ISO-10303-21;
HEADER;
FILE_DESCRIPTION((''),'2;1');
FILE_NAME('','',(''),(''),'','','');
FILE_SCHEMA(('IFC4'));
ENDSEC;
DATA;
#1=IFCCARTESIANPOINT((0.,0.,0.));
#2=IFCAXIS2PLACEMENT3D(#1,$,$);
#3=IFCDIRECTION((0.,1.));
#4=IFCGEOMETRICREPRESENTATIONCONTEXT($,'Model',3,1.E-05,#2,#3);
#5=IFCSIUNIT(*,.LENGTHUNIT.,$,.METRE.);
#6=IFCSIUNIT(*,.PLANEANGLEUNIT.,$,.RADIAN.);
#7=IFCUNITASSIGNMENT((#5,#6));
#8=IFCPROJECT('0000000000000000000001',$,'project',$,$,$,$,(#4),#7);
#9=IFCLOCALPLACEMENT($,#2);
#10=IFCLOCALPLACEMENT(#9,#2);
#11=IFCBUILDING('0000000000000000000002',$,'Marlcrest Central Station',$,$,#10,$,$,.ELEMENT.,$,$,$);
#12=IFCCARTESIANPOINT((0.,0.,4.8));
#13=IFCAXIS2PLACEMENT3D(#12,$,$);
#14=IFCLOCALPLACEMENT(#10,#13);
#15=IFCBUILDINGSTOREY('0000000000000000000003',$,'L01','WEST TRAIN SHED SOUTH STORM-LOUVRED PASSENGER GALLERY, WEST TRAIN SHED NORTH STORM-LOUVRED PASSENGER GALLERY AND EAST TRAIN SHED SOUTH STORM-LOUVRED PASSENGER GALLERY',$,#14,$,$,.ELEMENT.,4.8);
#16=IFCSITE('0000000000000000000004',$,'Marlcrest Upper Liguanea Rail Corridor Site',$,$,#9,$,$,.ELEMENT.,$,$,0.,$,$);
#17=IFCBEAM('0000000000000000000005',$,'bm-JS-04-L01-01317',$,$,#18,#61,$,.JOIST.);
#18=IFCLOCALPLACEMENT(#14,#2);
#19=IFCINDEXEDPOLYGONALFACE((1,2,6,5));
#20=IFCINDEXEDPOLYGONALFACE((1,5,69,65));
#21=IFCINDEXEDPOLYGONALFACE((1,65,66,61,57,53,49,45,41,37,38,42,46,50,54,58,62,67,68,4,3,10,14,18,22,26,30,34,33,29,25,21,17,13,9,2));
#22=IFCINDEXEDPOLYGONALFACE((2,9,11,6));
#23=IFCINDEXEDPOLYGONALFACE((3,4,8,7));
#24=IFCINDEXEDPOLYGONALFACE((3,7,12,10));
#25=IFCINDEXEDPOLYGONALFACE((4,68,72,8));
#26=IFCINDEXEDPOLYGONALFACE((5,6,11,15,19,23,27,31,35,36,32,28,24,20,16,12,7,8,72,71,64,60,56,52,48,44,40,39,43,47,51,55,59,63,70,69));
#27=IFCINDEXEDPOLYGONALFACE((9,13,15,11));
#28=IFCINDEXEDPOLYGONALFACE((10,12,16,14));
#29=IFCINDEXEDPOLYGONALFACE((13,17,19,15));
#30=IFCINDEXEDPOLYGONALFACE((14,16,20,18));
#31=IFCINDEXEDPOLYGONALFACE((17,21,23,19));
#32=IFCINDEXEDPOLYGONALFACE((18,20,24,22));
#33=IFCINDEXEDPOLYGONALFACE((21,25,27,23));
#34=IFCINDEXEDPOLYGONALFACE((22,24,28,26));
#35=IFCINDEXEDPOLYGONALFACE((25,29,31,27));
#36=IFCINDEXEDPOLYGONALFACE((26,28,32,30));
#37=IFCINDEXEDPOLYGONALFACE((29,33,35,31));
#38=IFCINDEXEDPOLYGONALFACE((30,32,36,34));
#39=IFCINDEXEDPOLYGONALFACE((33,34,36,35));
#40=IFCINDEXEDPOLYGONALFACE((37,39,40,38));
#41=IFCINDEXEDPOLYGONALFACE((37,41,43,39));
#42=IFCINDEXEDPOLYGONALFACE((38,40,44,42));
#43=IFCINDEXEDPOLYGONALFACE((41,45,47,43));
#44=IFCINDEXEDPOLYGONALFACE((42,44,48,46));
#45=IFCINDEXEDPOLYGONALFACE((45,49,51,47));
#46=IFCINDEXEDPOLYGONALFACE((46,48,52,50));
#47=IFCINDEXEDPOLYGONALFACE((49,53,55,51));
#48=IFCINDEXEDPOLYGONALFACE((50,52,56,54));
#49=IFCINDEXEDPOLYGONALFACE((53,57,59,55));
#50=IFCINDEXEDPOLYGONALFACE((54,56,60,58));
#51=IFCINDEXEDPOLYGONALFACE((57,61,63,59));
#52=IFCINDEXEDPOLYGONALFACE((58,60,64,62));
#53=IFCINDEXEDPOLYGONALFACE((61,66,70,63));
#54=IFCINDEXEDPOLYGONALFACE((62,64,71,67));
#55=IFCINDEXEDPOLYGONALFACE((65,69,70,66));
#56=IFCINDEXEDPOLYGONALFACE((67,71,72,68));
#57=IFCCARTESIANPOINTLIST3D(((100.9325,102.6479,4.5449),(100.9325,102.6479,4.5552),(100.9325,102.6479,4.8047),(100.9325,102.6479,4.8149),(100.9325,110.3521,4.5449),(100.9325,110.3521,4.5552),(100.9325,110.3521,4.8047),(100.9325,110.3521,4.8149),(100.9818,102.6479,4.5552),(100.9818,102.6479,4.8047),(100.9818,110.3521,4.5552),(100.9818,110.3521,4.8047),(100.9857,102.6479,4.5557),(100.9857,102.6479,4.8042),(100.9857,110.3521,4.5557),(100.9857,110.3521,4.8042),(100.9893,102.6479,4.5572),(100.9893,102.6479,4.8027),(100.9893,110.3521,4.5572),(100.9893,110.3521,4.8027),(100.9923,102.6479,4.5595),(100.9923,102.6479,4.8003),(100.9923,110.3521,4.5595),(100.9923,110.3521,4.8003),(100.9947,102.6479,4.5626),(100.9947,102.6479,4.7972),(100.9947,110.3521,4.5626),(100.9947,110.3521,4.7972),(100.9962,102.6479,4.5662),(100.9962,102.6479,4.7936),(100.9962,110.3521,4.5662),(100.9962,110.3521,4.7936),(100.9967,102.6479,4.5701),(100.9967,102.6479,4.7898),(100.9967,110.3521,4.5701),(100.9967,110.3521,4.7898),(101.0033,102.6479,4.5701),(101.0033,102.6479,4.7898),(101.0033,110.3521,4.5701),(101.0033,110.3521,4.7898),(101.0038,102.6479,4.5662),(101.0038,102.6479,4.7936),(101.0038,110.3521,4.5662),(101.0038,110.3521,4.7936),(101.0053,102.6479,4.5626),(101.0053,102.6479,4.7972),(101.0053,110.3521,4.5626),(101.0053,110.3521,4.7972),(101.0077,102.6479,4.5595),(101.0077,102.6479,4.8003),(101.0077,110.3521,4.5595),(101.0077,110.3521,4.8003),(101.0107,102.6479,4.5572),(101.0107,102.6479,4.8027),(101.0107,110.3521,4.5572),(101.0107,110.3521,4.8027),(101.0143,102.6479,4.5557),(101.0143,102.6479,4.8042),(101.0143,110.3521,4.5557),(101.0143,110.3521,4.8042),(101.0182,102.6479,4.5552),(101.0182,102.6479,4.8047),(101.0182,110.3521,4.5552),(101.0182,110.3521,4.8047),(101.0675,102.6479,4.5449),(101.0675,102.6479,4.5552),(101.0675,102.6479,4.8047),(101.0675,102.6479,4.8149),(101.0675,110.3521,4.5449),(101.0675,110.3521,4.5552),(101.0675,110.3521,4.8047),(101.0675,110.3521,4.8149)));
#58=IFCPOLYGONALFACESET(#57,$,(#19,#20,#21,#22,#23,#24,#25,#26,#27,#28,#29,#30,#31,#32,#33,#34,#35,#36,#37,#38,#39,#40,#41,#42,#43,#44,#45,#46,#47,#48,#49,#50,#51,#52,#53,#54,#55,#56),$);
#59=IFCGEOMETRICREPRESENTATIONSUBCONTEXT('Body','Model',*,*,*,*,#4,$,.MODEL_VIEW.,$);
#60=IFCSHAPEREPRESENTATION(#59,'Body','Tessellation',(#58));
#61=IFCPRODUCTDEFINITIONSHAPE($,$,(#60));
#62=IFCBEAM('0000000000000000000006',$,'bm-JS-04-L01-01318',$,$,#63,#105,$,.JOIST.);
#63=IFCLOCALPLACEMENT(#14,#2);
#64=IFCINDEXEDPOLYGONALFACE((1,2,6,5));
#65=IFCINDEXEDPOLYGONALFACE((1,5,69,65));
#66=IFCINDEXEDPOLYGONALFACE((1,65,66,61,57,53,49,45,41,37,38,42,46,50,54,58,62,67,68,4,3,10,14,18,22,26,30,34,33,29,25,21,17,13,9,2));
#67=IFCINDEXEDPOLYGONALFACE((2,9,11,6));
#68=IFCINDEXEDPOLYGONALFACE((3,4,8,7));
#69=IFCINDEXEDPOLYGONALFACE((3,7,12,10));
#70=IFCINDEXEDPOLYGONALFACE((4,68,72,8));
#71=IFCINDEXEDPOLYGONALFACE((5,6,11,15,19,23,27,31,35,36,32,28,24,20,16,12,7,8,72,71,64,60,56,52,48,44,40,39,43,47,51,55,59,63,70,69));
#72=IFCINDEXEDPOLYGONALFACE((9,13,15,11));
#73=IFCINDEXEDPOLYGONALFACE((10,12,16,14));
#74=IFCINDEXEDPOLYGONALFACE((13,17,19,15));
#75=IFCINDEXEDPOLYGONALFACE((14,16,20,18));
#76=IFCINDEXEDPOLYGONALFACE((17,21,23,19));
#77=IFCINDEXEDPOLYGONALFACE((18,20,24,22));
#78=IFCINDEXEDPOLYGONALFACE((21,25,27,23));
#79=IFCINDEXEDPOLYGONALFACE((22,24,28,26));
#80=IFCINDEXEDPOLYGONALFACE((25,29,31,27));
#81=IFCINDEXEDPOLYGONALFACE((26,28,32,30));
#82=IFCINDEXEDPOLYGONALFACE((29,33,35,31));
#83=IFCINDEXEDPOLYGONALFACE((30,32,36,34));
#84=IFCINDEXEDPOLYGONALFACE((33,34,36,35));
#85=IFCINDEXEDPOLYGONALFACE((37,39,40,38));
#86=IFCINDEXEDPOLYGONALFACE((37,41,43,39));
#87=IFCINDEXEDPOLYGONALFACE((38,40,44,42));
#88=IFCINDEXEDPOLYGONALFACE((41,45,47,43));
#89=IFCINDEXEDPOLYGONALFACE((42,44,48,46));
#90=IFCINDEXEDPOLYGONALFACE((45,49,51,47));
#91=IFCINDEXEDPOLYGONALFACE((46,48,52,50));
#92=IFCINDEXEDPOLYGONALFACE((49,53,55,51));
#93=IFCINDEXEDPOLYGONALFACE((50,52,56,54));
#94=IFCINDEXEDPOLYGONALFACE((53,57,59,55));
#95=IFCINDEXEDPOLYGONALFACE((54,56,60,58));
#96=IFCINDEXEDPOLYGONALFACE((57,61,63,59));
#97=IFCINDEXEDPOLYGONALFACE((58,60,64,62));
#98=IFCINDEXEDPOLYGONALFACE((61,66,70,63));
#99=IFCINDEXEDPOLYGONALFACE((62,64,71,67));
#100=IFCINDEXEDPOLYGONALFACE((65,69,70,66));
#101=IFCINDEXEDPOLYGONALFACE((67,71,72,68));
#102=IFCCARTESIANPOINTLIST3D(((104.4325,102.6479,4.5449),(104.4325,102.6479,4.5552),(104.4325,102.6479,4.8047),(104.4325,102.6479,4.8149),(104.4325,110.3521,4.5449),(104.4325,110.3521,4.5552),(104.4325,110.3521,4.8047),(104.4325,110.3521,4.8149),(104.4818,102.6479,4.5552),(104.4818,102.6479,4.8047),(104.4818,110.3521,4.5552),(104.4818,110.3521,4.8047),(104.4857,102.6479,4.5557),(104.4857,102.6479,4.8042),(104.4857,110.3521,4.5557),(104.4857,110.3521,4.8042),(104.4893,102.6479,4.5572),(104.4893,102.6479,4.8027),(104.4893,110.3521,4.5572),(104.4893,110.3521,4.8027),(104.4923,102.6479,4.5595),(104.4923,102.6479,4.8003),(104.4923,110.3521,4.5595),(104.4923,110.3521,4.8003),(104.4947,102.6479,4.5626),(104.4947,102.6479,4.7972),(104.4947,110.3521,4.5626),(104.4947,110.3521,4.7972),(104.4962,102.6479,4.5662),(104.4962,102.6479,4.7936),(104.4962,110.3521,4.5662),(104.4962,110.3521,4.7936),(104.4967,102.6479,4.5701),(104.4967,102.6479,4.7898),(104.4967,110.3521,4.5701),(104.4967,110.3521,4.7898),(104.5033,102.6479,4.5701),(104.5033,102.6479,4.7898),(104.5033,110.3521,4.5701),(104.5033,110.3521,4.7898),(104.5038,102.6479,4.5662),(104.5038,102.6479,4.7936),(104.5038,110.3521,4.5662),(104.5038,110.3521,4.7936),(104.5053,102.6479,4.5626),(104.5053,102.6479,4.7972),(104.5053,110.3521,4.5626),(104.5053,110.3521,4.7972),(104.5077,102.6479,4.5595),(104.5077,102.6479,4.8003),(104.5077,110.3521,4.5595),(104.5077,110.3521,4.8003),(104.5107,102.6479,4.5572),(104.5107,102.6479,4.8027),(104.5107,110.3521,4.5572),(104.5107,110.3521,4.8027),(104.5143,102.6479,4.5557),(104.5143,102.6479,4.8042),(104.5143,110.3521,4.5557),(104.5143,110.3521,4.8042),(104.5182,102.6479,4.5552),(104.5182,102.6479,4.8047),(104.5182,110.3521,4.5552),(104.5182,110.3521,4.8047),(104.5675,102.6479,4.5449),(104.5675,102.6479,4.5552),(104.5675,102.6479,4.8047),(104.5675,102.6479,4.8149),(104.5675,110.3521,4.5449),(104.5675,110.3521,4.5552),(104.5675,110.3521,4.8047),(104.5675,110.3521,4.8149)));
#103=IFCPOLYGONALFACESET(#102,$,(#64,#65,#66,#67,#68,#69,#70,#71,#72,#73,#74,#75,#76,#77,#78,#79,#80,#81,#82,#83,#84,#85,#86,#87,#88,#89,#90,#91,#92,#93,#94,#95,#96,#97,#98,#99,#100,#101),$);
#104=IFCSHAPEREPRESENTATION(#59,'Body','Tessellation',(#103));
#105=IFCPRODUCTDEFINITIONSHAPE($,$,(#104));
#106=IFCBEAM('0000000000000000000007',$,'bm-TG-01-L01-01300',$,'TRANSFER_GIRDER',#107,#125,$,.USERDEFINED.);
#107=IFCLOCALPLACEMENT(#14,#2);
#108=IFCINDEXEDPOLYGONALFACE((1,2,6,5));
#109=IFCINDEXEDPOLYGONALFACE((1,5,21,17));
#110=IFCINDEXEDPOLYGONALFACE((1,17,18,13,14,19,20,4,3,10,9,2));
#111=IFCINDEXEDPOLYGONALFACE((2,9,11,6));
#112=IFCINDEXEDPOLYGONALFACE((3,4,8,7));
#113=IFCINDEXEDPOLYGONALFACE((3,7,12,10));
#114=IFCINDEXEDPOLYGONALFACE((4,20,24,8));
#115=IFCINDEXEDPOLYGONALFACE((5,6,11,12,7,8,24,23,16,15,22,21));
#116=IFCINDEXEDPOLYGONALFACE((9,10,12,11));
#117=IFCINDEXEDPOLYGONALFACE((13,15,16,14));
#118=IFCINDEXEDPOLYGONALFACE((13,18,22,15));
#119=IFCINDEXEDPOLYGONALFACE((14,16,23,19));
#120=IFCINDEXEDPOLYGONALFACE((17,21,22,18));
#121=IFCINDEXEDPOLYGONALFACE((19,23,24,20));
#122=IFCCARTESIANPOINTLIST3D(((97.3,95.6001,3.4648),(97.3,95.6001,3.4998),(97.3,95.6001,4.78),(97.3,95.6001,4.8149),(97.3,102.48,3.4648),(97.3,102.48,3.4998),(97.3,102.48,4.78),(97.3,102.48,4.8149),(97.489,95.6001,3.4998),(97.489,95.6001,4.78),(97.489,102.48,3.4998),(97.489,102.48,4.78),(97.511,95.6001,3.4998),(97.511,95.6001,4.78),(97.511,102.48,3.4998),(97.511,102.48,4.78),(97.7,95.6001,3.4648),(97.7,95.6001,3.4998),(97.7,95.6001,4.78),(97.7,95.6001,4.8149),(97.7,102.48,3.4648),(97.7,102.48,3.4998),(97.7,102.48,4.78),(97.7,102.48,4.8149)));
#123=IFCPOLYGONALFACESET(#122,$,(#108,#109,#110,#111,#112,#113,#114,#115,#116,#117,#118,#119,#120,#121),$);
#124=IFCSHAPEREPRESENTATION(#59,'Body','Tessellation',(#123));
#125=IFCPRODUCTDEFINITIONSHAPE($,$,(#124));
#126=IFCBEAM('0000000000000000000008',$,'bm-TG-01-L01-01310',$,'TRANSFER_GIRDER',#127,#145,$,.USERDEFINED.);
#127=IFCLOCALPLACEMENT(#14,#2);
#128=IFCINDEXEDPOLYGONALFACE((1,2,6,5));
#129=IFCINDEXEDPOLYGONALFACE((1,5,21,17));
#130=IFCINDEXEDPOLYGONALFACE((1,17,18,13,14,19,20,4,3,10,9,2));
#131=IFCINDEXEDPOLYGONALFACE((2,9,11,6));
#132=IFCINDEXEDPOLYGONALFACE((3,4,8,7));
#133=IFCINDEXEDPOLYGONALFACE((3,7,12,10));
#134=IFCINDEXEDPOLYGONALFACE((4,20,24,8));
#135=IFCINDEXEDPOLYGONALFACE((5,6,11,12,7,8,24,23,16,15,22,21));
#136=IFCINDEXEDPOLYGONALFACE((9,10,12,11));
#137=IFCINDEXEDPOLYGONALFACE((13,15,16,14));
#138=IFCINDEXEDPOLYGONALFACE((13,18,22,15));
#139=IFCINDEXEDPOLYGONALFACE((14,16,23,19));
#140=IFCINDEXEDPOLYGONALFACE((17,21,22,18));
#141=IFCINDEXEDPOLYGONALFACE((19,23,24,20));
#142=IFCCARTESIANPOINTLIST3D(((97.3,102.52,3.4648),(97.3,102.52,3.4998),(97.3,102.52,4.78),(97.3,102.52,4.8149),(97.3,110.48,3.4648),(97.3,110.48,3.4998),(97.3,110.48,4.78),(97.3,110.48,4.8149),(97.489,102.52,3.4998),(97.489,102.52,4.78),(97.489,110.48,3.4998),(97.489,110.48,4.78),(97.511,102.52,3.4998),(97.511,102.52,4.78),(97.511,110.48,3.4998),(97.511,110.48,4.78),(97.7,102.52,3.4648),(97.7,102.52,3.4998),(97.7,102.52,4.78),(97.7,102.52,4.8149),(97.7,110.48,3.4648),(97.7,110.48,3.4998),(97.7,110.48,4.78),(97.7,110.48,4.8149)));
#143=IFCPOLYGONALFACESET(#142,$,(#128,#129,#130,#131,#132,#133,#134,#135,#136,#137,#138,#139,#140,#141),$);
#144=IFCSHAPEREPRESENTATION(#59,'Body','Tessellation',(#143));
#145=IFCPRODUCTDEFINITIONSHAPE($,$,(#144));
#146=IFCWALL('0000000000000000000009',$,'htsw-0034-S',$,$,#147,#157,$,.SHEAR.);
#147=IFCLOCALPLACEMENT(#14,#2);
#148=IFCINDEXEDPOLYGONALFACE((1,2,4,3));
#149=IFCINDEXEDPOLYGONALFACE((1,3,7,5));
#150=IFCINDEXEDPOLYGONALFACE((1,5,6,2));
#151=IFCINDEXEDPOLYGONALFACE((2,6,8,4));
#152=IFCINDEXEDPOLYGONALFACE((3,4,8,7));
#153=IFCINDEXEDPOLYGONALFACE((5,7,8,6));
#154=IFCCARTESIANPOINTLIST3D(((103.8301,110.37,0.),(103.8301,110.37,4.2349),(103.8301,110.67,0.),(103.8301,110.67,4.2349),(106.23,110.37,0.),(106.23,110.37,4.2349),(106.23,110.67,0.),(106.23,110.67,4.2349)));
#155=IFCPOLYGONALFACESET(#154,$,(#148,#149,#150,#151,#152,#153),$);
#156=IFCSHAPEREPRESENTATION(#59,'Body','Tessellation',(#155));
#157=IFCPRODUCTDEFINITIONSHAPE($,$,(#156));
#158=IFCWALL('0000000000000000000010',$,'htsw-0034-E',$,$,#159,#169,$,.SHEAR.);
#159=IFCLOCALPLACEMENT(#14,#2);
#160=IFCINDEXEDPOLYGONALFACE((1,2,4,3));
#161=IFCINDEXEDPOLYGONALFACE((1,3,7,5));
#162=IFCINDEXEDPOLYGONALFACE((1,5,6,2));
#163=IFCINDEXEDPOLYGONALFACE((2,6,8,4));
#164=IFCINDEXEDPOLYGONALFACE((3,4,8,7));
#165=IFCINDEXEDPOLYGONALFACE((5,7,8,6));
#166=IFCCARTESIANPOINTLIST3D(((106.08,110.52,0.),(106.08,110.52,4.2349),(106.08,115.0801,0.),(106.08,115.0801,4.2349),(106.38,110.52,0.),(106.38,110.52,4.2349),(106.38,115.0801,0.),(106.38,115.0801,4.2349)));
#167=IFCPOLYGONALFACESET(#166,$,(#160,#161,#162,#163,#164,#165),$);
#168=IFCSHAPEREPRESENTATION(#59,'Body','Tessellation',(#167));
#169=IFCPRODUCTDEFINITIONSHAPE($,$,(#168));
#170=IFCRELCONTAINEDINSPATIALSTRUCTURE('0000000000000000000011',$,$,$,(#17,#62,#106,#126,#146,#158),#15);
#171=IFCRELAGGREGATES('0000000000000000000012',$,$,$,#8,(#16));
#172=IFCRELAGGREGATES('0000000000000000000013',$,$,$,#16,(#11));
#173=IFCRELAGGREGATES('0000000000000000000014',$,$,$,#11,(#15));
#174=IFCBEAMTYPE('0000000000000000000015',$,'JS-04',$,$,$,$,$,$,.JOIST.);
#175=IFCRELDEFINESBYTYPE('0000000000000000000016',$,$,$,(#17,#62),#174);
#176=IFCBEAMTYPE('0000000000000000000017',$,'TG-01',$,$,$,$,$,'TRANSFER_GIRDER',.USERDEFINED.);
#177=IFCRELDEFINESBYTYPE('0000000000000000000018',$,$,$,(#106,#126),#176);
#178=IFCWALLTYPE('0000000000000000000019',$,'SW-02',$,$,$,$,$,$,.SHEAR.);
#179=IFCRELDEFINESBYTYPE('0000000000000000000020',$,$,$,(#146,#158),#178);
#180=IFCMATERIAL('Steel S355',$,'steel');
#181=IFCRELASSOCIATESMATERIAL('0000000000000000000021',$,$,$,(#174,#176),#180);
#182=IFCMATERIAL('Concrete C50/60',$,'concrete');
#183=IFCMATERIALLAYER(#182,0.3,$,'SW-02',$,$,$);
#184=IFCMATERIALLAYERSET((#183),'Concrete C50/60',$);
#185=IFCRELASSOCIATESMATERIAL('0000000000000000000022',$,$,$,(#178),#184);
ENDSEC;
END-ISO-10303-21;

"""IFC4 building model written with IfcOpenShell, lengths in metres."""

from ifc_helpers import new_model, si_unit, direction, frame, frame_2d, origin, origin_2d, place, context, subcontext, project, spatial, rectangle, i_section, extrude, material, layer, layer_set, material_profile, profile_set, type_object, element, save


model = new_model("IFC4")

# Units and contexts
model_context = context("Model", 3, precision=1e-05, world=origin(), true_north=direction((0.0, 1.0)))
body_context = subcontext(model_context, "Body", "Model", "MODEL_VIEW")
ifc_project = project(units=[si_unit("LENGTHUNIT", "METRE"), si_unit("PLANEANGLEUNIT", "RADIAN")], contexts=[model_context])

# Site, building, storey
site_placement = place(None, origin())
site = spatial("IfcSite", under=ifc_project, at=site_placement, Name="Marlcrest Upper Liguanea Rail Corridor Site", CompositionType="ELEMENT", RefElevation=0.0)
building_placement = place(site_placement, origin())
building = spatial("IfcBuilding", under=site, at=building_placement, Name="Marlcrest Central Station", CompositionType="ELEMENT")
storey_placement = place(building_placement, frame((0.0, 0.0, 4.8)))
storey = spatial("IfcBuildingStorey", under=building, at=storey_placement, Name="L01", Description="WEST TRAIN SHED SOUTH STORM-LOUVRED PASSENGER GALLERY, WEST TRAIN SHED NORTH STORM-LOUVRED PASSENGER GALLERY AND EAST TRAIN SHED SOUTH STORM-LOUVRED PASSENGER GALLERY", CompositionType="ELEMENT", Elevation=4.8)

# Shared definitions
ifc_material_1 = material(Name="Steel S355", Category="steel")

# Beams
ifc_material_profile_1 = material_profile(ifc_material_1, i_section(OverallWidth=0.135, OverallDepth=0.27, WebThickness=0.0066, FlangeThickness=0.0103, FilletRadius=0.0149, at=origin_2d()), Name="IPE 270")
ifc_profile_set_1 = profile_set([ifc_material_profile_1], Name="Steel S355")
beam_type_1 = type_object("IfcBeamType", Name="JS-04", PredefinedType="JOIST", material=ifc_profile_set_1)
for number, where, z_axis, x_axis, name in (
    (1, (101.0, 102.6479, 4.6799), (0.0, 1.0, 0.0), (-1.0, 0.0, 0.0), "bm-JS-04-L01-01317"),
    (2, (104.5, 102.6479, 4.6799), (0.0, 1.0, 0.0), (-1.0, 0.0, 0.0), "bm-JS-04-L01-01318"),
):
    element("IfcBeam", number, at=place(storey_placement, frame(where, z_axis=z_axis, x_axis=x_axis)), inside=storey, type_object=beam_type_1, Name=name, PredefinedType="JOIST", context=body_context, shape_type="SweptSolid", body=[
        extrude(i_section(OverallWidth=0.135, OverallDepth=0.27, WebThickness=0.0066, FlangeThickness=0.0103, FilletRadius=0.0149, at=origin_2d()), origin(), (0.0, 0.0, 1.0), 7.7041),
    ])
ifc_material_profile_2 = material_profile(ifc_material_1, i_section(OverallWidth=0.3999, OverallDepth=1.3501, WebThickness=0.022, FlangeThickness=0.0349, at=origin_2d()), Name="PG 1350x400")
ifc_profile_set_2 = profile_set([ifc_material_profile_2], Name="Steel S355")
beam_type_2 = type_object("IfcBeamType", Name="TG-01", ElementType="TRANSFER_GIRDER", PredefinedType="USERDEFINED", material=ifc_profile_set_2)
beam_1_placement = place(storey_placement, frame((97.5, 95.6001, 4.1399), z_axis=(0.0, 1.0, 0.0), x_axis=(-1.0, 0.0, 0.0)))
element("IfcBeam", 3, at=beam_1_placement, inside=storey, type_object=beam_type_2, Name="bm-TG-01-L01-01300", ObjectType="TRANSFER_GIRDER", PredefinedType="USERDEFINED", context=body_context, shape_type="SweptSolid", body=[
    extrude(i_section(OverallWidth=0.3999, OverallDepth=1.3501, WebThickness=0.022, FlangeThickness=0.0349, at=origin_2d()), origin(), (0.0, 0.0, 1.0), 6.8799),
])
beam_2_placement = place(storey_placement, frame((97.5, 102.52, 4.1399), z_axis=(0.0, 1.0, 0.0), x_axis=(-1.0, 0.0, 0.0)))
element("IfcBeam", 4, at=beam_2_placement, inside=storey, type_object=beam_type_2, Name="bm-TG-01-L01-01310", ObjectType="TRANSFER_GIRDER", PredefinedType="USERDEFINED", context=body_context, shape_type="SweptSolid", body=[
    extrude(i_section(OverallWidth=0.3999, OverallDepth=1.3501, WebThickness=0.022, FlangeThickness=0.0349, at=origin_2d()), origin(), (0.0, 0.0, 1.0), 7.96),
])

# Walls
ifc_material_2 = material(Name="Concrete C50/60", Category="concrete")
ifc_layer = layer(ifc_material_2, 0.3, Name="SW-02")
ifc_layer_set = layer_set([ifc_layer], Name="Concrete C50/60")
wall_type = type_object("IfcWallType", Name="SW-02", PredefinedType="SHEAR", material=ifc_layer_set)
wall_1_placement = place(storey_placement, frame((103.8301, 110.52, 0.0), z_axis=(0.0, 0.0, 1.0), x_axis=(1.0, 0.0, 0.0)))
element("IfcWall", 5, at=wall_1_placement, inside=storey, type_object=wall_type, Name="htsw-0034-S", PredefinedType="SHEAR", context=body_context, shape_type="SweptSolid", body=[
    extrude(rectangle(XDim=2.3999, YDim=0.3, at=frame_2d((1.2, 0.0))), origin(), (0.0, 0.0, 1.0), 4.2349),
])
wall_2_placement = place(storey_placement, frame((106.23, 110.52, 0.0), z_axis=(0.0, 0.0, 1.0), x_axis=(0.0, 1.0, 0.0)))
element("IfcWall", 6, at=wall_2_placement, inside=storey, type_object=wall_type, Name="htsw-0034-E", PredefinedType="SHEAR", context=body_context, shape_type="SweptSolid", body=[
    extrude(rectangle(XDim=4.5601, YDim=0.3, at=frame_2d((2.28, 0.0))), origin(), (0.0, 0.0, 1.0), 4.2349),
])

save(model, "model.ifc")
